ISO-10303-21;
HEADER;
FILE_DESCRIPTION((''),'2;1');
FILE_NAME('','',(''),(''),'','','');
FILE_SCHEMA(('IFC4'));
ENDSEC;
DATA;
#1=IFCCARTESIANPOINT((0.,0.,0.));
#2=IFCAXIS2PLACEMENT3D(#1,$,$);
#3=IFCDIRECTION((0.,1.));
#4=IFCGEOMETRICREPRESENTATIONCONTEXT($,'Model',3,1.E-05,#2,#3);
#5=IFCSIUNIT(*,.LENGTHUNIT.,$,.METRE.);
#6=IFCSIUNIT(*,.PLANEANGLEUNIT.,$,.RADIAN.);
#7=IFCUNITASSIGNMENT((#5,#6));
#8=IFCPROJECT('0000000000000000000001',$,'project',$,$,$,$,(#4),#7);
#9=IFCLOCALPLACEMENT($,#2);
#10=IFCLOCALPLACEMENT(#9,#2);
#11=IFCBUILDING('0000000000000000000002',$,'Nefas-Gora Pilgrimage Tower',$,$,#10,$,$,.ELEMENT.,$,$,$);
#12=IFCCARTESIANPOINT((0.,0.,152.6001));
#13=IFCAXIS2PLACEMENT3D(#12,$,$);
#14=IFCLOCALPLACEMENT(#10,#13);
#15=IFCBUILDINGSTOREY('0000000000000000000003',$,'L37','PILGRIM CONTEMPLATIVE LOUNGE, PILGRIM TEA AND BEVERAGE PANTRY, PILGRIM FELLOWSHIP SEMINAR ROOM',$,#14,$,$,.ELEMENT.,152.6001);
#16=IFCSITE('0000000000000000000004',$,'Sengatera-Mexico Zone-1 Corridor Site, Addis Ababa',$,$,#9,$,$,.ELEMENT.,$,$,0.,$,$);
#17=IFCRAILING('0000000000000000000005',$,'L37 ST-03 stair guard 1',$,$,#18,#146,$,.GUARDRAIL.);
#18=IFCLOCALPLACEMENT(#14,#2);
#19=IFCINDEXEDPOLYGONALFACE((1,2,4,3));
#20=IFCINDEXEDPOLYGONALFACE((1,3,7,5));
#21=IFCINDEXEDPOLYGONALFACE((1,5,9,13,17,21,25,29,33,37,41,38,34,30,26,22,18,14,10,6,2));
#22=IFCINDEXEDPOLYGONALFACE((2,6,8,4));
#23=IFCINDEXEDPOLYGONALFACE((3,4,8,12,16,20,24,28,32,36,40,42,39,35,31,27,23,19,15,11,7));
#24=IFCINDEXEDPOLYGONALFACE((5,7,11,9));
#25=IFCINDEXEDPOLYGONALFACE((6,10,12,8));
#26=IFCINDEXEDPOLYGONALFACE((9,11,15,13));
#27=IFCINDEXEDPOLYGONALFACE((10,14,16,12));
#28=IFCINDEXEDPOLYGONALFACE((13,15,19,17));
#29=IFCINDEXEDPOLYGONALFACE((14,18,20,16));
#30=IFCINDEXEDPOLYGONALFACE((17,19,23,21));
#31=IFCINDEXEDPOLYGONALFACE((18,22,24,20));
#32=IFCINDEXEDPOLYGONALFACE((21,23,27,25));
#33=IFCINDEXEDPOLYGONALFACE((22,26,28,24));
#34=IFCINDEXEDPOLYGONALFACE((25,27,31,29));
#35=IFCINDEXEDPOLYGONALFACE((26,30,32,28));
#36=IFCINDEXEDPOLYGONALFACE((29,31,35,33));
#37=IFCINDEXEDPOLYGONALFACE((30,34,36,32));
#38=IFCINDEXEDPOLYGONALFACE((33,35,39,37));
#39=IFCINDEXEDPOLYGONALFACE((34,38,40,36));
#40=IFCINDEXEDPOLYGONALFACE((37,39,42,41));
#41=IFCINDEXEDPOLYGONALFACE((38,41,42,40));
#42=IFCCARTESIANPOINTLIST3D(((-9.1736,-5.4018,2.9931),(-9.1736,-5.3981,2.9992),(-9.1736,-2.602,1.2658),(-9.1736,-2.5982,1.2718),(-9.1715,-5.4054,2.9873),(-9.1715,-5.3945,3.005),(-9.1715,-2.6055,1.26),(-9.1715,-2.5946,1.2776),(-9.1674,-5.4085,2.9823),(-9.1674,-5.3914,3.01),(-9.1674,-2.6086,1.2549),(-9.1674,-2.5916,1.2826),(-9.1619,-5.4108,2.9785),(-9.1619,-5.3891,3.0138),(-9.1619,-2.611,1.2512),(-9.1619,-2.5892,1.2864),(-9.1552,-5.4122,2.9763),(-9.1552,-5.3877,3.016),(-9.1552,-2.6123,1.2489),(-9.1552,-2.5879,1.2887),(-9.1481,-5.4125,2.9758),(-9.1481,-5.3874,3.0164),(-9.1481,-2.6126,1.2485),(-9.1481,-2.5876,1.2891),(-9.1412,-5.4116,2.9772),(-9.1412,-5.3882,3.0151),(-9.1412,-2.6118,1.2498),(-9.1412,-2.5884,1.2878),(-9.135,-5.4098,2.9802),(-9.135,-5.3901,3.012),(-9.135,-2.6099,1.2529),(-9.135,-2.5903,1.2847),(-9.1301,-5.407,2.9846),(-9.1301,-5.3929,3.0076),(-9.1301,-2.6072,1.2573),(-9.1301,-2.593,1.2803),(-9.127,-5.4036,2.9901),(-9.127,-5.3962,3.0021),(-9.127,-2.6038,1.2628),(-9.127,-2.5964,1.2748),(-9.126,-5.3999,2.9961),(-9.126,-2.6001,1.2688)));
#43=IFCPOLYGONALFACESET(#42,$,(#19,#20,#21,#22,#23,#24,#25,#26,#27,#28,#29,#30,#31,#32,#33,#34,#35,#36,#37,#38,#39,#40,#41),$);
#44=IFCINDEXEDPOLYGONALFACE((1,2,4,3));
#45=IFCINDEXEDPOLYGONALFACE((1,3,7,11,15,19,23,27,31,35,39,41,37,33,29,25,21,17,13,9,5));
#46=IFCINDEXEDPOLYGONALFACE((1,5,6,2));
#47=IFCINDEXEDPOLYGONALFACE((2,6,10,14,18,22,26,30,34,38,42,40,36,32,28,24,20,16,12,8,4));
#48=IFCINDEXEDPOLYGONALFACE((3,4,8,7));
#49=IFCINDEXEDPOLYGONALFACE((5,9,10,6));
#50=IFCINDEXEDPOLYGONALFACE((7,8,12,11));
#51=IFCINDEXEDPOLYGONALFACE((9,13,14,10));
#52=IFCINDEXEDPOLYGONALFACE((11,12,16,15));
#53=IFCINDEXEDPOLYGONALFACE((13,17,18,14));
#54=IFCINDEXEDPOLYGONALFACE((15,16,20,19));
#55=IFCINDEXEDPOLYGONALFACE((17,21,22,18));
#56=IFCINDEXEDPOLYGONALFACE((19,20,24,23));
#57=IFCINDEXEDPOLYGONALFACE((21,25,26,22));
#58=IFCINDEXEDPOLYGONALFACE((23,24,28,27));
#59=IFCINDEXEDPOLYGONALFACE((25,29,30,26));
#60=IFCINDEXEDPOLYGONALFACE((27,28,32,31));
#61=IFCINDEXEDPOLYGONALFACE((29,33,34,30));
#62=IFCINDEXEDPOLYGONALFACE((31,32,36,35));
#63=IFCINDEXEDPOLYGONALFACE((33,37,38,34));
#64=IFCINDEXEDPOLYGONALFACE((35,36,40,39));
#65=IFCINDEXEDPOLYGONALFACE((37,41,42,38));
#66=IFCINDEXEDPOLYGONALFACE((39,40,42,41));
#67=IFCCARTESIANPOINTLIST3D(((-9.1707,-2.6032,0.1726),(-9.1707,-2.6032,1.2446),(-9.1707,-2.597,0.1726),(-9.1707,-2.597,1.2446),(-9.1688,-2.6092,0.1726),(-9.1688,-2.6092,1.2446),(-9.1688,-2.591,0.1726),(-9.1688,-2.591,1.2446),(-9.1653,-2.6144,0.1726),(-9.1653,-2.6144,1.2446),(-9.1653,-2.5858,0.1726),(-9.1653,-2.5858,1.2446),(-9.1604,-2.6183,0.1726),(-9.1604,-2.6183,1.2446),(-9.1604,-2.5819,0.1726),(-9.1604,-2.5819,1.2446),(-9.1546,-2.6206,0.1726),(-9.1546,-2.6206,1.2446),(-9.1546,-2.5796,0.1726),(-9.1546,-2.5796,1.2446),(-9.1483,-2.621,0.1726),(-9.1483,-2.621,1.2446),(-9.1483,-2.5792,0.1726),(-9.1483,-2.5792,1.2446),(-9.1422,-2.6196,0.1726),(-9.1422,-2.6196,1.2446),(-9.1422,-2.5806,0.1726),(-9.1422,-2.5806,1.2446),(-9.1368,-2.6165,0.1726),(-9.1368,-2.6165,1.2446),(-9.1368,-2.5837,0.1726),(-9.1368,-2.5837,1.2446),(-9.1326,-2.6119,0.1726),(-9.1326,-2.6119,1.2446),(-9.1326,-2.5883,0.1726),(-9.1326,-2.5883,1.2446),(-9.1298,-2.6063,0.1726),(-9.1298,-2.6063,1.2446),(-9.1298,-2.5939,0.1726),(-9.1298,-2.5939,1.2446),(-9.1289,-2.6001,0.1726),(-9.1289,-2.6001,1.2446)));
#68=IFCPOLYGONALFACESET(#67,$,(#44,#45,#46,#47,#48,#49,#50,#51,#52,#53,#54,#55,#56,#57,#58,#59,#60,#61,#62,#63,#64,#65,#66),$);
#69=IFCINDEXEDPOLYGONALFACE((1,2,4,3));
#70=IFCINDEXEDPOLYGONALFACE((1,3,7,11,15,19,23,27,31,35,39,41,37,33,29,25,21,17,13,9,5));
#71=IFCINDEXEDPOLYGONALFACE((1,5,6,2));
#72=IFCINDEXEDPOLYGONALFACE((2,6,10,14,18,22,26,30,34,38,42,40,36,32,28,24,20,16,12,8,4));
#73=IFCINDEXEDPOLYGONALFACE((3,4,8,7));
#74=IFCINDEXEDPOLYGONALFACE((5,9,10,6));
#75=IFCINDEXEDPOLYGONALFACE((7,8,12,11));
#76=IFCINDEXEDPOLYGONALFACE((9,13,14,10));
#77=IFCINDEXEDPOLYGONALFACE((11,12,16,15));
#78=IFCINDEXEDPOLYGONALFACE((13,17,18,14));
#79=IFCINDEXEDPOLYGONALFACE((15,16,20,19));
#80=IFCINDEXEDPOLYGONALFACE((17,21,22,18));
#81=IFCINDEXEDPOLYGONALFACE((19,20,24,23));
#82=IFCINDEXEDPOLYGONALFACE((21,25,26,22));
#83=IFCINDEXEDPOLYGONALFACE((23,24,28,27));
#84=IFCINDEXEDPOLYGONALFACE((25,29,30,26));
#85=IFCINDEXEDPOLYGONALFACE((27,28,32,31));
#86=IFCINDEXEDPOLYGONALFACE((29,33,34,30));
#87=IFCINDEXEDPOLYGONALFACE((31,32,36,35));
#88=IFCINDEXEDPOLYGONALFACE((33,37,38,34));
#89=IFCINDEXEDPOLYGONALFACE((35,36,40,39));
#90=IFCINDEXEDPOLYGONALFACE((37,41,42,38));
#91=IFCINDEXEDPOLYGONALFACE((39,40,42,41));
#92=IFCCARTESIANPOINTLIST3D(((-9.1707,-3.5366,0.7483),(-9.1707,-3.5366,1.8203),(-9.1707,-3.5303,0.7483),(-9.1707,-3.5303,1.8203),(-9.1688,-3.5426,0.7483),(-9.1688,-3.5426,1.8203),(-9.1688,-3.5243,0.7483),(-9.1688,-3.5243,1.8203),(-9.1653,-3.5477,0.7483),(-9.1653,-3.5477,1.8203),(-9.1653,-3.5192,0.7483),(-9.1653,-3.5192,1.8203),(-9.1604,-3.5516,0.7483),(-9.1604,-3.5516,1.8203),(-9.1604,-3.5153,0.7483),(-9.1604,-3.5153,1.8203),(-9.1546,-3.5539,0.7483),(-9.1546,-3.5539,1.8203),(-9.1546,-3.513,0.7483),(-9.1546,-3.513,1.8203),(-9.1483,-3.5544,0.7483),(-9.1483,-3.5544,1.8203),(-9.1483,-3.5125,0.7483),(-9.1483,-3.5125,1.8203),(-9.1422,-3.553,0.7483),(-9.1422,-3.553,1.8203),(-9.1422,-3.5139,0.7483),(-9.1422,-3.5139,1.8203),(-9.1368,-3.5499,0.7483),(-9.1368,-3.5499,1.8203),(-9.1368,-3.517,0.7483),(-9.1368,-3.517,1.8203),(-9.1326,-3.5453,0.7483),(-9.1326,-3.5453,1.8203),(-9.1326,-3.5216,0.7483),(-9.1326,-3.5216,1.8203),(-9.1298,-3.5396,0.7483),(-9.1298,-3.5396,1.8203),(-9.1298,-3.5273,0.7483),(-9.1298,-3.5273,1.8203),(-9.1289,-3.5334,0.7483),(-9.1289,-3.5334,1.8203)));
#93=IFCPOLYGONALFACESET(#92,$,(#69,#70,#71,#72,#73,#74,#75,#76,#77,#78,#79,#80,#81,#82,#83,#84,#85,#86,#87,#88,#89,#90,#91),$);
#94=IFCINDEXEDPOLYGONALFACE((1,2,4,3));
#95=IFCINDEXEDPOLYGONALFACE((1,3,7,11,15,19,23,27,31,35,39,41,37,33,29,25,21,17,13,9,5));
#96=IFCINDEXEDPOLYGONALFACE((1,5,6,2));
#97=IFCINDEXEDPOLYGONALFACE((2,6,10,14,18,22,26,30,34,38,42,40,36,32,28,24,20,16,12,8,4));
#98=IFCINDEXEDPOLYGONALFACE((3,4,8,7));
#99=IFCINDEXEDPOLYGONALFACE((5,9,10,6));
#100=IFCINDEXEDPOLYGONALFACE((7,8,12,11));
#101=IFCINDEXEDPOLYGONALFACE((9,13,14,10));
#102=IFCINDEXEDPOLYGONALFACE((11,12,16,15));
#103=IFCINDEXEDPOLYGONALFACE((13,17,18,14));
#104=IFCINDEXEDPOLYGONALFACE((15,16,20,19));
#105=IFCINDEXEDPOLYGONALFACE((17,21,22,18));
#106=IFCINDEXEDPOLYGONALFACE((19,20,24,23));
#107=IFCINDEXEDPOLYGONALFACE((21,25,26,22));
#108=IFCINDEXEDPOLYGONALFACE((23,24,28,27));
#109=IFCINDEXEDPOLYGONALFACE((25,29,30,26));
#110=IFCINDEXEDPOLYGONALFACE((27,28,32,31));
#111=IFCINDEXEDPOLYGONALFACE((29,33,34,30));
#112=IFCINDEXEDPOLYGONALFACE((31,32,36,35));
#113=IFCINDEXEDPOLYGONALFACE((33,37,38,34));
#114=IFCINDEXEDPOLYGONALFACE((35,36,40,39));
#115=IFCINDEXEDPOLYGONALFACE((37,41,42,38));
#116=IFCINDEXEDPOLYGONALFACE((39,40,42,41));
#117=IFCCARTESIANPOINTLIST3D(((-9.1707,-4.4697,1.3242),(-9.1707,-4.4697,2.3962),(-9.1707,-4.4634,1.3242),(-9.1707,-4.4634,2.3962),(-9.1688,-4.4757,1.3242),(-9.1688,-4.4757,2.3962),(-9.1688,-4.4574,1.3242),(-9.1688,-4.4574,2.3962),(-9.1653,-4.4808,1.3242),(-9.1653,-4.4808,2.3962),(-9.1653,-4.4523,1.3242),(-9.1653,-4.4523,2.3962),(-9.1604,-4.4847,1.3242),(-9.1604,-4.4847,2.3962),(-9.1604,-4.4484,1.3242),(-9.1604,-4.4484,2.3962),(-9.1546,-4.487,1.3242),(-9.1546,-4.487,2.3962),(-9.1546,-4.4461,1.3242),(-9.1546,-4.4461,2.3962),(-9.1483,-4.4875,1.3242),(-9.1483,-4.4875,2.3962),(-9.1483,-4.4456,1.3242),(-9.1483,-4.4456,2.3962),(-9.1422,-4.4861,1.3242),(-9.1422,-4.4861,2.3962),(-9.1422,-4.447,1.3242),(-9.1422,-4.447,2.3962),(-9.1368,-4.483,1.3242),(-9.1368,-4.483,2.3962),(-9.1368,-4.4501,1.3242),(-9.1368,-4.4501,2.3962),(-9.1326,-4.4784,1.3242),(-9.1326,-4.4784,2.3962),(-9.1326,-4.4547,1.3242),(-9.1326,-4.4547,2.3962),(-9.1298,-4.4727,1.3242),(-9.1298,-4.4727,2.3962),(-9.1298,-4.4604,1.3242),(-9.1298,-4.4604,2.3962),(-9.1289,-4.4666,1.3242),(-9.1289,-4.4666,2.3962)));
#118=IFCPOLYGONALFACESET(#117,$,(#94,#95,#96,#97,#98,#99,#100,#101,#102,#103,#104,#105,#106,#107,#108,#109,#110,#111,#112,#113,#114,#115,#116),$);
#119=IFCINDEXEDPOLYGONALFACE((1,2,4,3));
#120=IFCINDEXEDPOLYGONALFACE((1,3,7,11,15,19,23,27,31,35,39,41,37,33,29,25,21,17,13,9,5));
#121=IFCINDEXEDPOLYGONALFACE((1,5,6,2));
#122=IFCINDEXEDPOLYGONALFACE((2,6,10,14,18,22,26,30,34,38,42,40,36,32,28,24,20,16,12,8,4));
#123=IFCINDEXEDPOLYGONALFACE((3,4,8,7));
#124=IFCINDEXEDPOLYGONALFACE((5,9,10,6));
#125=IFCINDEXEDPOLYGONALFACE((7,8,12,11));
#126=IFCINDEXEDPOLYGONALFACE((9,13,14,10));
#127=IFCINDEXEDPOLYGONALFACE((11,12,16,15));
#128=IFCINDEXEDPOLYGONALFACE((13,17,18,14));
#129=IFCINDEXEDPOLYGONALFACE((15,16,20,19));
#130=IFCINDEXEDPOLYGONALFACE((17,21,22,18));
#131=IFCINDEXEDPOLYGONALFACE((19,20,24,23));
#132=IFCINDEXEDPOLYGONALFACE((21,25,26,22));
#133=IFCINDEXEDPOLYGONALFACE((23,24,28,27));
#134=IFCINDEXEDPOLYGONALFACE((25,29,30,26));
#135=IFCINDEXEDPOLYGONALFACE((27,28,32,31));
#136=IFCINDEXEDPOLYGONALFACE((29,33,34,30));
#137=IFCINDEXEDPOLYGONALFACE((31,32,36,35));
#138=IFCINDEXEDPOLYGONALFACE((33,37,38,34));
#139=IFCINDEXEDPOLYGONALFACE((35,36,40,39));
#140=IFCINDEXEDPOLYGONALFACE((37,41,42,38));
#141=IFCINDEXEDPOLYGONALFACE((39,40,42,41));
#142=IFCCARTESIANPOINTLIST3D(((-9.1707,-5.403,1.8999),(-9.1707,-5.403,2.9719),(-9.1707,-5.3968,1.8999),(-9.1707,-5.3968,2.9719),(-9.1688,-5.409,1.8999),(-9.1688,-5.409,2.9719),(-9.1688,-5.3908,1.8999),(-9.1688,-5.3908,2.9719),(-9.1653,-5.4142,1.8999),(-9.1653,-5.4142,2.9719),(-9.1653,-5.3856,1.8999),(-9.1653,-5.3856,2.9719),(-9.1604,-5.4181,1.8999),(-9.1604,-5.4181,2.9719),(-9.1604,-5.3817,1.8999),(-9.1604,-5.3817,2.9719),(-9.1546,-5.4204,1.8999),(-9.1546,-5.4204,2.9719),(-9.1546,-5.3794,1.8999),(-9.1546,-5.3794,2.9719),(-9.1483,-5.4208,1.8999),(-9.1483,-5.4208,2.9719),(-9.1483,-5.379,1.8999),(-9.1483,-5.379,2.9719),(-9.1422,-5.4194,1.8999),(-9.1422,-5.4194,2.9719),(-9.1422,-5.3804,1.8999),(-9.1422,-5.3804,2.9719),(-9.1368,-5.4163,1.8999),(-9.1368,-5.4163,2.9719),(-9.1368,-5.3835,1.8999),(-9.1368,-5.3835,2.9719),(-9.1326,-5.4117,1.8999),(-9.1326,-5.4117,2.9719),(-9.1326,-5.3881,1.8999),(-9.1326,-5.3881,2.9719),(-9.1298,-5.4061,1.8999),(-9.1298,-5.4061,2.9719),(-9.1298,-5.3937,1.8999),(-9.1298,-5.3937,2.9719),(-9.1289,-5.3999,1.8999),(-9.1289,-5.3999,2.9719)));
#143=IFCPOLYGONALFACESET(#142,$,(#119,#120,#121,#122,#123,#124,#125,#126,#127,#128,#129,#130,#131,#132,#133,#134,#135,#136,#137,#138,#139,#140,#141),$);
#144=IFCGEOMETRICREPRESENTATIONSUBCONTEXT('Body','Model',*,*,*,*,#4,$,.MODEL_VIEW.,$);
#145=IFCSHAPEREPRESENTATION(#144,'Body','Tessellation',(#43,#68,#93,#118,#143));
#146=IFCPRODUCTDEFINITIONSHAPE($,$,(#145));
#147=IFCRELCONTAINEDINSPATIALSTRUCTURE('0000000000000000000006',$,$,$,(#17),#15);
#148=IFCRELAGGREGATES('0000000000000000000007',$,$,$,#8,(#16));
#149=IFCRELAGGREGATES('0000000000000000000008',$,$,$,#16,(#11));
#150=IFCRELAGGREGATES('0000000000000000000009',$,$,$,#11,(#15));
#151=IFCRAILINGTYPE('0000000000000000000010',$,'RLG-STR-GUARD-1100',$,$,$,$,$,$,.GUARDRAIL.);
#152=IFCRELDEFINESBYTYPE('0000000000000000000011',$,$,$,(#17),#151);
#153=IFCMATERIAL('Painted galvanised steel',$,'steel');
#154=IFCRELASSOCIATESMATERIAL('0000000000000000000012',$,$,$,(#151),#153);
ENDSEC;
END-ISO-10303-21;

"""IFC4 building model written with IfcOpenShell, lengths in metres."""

from ifc_helpers import new_model, si_unit, direction, frame, origin, origin_2d, place, context, subcontext, project, spatial, circle, extrude, material, type_object, element, save


model = new_model("IFC4")

# Units and contexts
model_context = context("Model", 3, precision=1e-05, world=origin(), true_north=direction((0.0, 1.0)))
body_context = subcontext(model_context, "Body", "Model", "MODEL_VIEW")
ifc_project = project(units=[si_unit("LENGTHUNIT", "METRE"), si_unit("PLANEANGLEUNIT", "RADIAN")], contexts=[model_context])

# Site, building, storey
site_placement = place(None, origin())
site = spatial("IfcSite", under=ifc_project, at=site_placement, Name="Sengatera-Mexico Zone-1 Corridor Site, Addis Ababa", CompositionType="ELEMENT", RefElevation=0.0)
building_placement = place(site_placement, origin())
building = spatial("IfcBuilding", under=site, at=building_placement, Name="Nefas-Gora Pilgrimage Tower", CompositionType="ELEMENT")
storey_placement = place(building_placement, frame((0.0, 0.0, 152.6001)))
storey = spatial("IfcBuildingStorey", under=building, at=storey_placement, Name="L37", Description="PILGRIM CONTEMPLATIVE LOUNGE, PILGRIM TEA AND BEVERAGE PANTRY, PILGRIM FELLOWSHIP SEMINAR ROOM", CompositionType="ELEMENT", Elevation=152.6001)

# Railing
ifc_material_1 = material(Name="Painted galvanised steel", Category="steel")
railing_type_1 = type_object("IfcRailingType", Name="RLG-STR-GUARD-1100", PredefinedType="GUARDRAIL", material=ifc_material_1)
railing_1_placement = place(storey_placement, frame((-9.1499, -2.6001, 0.1726)))
element("IfcRailing", 1, at=railing_1_placement, inside=storey, type_object=railing_type_1, Name="L37 ST-03 stair guard 1", PredefinedType="GUARDRAIL", context=body_context, shape_type="SweptSolid", body=[
    extrude(circle(Radius=0.0239, at=origin_2d()), frame((0.0, 0.0, 1.0962), z_axis=(0.0, -0.851069, 0.525054), x_axis=(1.0, 0.0, 0.0)), (0.0, 0.0, 1.0), 3.2898),
    extrude(circle(Radius=0.021, at=origin_2d()), origin(), (0.0, 0.0, 1.0), 1.072),
    extrude(circle(Radius=0.021, at=origin_2d()), frame((0.0, -0.9333, 0.5757)), (0.0, 0.0, 1.0), 1.072),
    extrude(circle(Radius=0.021, at=origin_2d()), frame((0.0, -1.8665, 1.1516)), (0.0, 0.0, 1.0), 1.072),
    extrude(circle(Radius=0.021, at=origin_2d()), frame((0.0, -2.7998, 1.7273)), (0.0, 0.0, 1.0), 1.072),
])

save(model, "model.ifc")
